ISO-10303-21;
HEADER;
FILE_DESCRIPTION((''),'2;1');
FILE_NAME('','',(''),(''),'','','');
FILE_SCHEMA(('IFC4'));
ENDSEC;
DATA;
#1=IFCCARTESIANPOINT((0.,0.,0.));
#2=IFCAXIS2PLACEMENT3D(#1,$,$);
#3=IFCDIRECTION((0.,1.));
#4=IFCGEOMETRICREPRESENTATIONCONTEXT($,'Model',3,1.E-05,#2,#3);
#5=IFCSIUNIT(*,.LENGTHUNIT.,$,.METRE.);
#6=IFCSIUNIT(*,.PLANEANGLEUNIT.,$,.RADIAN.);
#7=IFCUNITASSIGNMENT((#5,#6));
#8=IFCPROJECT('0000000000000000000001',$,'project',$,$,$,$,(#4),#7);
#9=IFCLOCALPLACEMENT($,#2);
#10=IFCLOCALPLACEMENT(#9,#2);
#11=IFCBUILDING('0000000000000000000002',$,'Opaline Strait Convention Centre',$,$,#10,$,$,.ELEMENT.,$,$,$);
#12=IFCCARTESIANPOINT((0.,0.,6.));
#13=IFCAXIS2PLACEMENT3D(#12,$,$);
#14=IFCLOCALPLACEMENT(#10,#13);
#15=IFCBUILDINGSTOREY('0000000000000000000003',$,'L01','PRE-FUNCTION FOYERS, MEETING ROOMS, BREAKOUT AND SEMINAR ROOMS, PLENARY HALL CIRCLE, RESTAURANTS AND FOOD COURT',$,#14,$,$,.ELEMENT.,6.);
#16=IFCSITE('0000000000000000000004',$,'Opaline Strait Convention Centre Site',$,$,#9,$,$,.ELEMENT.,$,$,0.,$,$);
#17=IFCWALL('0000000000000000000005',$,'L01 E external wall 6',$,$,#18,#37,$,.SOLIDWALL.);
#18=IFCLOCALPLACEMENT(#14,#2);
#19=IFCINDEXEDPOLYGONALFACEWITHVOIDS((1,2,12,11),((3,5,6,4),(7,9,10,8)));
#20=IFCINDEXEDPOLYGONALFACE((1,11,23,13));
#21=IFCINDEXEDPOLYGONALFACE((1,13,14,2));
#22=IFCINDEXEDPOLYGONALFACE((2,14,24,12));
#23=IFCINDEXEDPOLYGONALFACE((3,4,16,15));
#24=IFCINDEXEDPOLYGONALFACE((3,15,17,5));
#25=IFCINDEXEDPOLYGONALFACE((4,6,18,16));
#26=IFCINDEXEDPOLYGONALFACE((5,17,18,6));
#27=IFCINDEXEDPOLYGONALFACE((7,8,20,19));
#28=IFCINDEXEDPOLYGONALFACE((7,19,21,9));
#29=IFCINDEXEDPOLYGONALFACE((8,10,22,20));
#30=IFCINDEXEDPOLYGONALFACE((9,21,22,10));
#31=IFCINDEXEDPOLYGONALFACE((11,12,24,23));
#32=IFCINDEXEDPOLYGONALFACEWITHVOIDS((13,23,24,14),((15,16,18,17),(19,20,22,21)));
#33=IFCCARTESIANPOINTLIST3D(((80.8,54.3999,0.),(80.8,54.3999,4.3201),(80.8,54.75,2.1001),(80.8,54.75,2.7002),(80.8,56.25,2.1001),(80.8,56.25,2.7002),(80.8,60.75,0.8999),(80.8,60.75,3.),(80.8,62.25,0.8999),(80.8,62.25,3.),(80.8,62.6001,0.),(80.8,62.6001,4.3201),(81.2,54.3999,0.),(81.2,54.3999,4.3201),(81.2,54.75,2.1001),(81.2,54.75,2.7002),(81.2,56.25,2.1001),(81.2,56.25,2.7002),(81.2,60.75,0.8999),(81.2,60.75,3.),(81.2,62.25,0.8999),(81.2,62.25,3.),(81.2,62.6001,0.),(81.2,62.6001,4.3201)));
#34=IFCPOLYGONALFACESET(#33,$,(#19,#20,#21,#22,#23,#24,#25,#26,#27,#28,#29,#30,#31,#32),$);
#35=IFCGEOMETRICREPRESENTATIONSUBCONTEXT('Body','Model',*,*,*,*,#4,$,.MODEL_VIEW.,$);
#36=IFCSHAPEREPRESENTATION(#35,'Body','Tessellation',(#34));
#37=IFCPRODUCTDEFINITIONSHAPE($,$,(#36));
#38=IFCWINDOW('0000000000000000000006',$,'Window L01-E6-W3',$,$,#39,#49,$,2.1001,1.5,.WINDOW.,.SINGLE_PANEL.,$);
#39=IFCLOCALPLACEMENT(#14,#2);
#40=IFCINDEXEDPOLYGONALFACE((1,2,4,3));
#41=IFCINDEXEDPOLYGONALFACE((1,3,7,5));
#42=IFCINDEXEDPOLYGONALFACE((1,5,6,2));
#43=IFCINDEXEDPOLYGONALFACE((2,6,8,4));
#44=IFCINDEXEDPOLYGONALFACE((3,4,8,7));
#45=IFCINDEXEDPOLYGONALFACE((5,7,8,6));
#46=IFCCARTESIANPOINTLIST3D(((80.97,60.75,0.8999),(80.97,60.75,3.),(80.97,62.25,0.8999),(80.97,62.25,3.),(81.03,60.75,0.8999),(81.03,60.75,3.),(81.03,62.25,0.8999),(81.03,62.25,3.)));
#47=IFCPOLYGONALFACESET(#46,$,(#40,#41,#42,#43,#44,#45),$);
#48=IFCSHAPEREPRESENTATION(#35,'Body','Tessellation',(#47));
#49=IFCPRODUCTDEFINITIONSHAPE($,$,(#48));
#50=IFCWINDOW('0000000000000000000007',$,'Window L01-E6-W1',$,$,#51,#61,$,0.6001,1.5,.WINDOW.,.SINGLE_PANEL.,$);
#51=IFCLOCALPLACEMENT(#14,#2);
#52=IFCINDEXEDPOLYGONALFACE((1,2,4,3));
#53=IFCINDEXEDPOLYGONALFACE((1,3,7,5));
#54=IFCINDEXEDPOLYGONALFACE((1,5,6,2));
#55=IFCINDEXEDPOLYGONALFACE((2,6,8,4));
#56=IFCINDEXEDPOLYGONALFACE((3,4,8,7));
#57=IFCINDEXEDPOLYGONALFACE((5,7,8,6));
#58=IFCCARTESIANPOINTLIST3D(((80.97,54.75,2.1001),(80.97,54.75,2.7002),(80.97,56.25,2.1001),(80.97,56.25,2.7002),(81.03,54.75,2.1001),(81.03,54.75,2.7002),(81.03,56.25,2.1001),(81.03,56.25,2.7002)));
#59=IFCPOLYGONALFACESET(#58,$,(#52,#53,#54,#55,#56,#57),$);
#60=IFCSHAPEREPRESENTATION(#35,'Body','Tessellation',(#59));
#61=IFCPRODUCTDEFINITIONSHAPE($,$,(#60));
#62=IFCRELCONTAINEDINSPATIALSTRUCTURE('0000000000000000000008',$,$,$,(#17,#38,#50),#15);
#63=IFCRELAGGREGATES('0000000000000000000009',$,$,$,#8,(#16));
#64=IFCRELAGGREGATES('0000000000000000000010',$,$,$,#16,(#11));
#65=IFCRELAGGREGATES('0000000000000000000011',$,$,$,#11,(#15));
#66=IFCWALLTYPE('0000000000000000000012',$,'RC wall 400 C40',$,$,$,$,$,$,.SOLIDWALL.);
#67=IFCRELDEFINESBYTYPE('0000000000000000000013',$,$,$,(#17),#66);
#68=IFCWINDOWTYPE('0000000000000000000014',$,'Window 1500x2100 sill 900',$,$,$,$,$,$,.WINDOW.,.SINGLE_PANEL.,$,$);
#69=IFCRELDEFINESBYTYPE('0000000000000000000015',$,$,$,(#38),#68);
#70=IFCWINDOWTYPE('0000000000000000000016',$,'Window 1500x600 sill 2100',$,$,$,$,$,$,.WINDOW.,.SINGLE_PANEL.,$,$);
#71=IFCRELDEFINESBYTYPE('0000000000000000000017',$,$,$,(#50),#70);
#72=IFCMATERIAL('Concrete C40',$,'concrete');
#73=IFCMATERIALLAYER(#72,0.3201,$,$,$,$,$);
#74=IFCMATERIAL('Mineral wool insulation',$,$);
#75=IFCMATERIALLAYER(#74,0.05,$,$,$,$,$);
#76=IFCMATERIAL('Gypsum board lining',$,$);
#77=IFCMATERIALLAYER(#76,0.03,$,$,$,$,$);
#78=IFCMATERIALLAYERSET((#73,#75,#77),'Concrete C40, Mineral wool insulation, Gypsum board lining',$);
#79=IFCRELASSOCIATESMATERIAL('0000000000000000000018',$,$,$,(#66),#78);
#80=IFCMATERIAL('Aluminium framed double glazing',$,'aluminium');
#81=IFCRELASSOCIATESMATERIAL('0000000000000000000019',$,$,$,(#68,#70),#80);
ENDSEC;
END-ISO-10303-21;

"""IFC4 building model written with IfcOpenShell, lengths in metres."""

from ifc_helpers import new_model, si_unit, direction, frame, frame_2d, origin, place, context, subcontext, project, spatial, rectangle, extrude, material, layer, layer_set, type_object, element, fill, save


model = new_model("IFC4")

# Units and contexts
model_context = context("Model", 3, precision=1e-05, world=origin(), true_north=direction((0.0, 1.0)))
body_context = subcontext(model_context, "Body", "Model", "MODEL_VIEW")
ifc_project = project(units=[si_unit("LENGTHUNIT", "METRE"), si_unit("PLANEANGLEUNIT", "RADIAN")], contexts=[model_context])

# Site, building, storey
site_placement = place(None, origin())
site = spatial("IfcSite", under=ifc_project, at=site_placement, Name="Opaline Strait Convention Centre Site", CompositionType="ELEMENT", RefElevation=0.0)
building_placement = place(site_placement, origin())
building = spatial("IfcBuilding", under=site, at=building_placement, Name="Opaline Strait Convention Centre", CompositionType="ELEMENT")
storey_placement = place(building_placement, frame((0.0, 0.0, 6.0)))
storey = spatial("IfcBuildingStorey", under=building, at=storey_placement, Name="L01", Description="PRE-FUNCTION FOYERS, MEETING ROOMS, BREAKOUT AND SEMINAR ROOMS, PLENARY HALL CIRCLE, RESTAURANTS AND FOOD COURT", CompositionType="ELEMENT", Elevation=6.0)

# Shared definitions
ifc_material_1 = material(Name="Concrete C40", Category="concrete")

# Wall, openings, windows
ifc_layer_1 = layer(ifc_material_1, 0.3201)
ifc_material_2 = material(Name="Mineral wool insulation")
ifc_layer_2 = layer(ifc_material_2, 0.05)
ifc_material_3 = material(Name="Gypsum board lining")
ifc_layer_3 = layer(ifc_material_3, 0.03)
ifc_layer_set_1 = layer_set([ifc_layer_1, ifc_layer_2, ifc_layer_3], Name="Concrete C40, Mineral wool insulation, Gypsum board lining")
wall_type_1 = type_object("IfcWallType", Name="RC wall 400 C40", PredefinedType="SOLIDWALL", material=ifc_layer_set_1)
wall_1_placement = place(storey_placement, frame((81.0, 54.3999, 0.0), z_axis=(0.0, 0.0, 1.0), x_axis=(0.0, 1.0, 0.0)))
wall_1 = element("IfcWall", 1, at=wall_1_placement, inside=storey, type_object=wall_type_1, Name="L01 E external wall 6", PredefinedType="SOLIDWALL", context=body_context, shape_type="SweptSolid", body=[
    extrude(rectangle(XDim=8.2002, YDim=0.3999, at=frame_2d((4.1001, 0.0))), origin(), (0.0, 0.0, 1.0), 4.3201),
])
opening_1_placement = place(wall_1_placement, frame((0.3501, 0.0, 2.1001)))
opening_1 = element("IfcOpeningElement", 2, at=opening_1_placement, cuts=wall_1, PredefinedType="OPENING", context=body_context, shape_type="SweptSolid", body=[
    extrude(rectangle(XDim=1.5, YDim=0.6001, at=frame_2d((0.75, 0.3))), frame((0.0, 0.21, 0.0), z_axis=(0.0, -1.0, 0.0), x_axis=(1.0, 0.0, 0.0)), (0.0, 0.0, 1.0), 0.4199),
])
opening_2_placement = place(wall_1_placement, frame((6.3501, 0.0, 0.8999)))
opening_2 = element("IfcOpeningElement", 3, at=opening_2_placement, cuts=wall_1, PredefinedType="OPENING", context=body_context, shape_type="SweptSolid", body=[
    extrude(rectangle(XDim=1.5, YDim=2.1001, at=frame_2d((0.75, 1.05))), frame((0.0, 0.21, 0.0), z_axis=(0.0, -1.0, 0.0), x_axis=(1.0, 0.0, 0.0)), (0.0, 0.0, 1.0), 0.4199),
])
ifc_material_4 = material(Name="Aluminium framed double glazing", Category="aluminium")
window_type_1 = type_object("IfcWindowType", Name="Window 1500x2100 sill 900", PartitioningType="SINGLE_PANEL", PredefinedType="WINDOW", material=ifc_material_4)
window_1_placement = place(opening_2_placement, origin())
window_1 = element("IfcWindow", 4, at=window_1_placement, inside=storey, type_object=window_type_1, Name="Window L01-E6-W3", OverallHeight=2.1001, OverallWidth=1.5, PartitioningType="SINGLE_PANEL", PredefinedType="WINDOW", context=body_context, shape_type="SweptSolid", body=[
    extrude(rectangle(XDim=1.5, YDim=2.1001, at=frame_2d((0.75, 1.05))), frame((0.0, 0.03, 0.0), z_axis=(0.0, -1.0, 0.0), x_axis=(1.0, 0.0, 0.0)), (0.0, 0.0, 1.0), 0.0601),
])
fill(opening_2, window_1)
window_type_2 = type_object("IfcWindowType", Name="Window 1500x600 sill 2100", PartitioningType="SINGLE_PANEL", PredefinedType="WINDOW", material=ifc_material_4)
window_2_placement = place(opening_1_placement, origin())
window_2 = element("IfcWindow", 5, at=window_2_placement, inside=storey, type_object=window_type_2, Name="Window L01-E6-W1", OverallHeight=0.6001, OverallWidth=1.5, PartitioningType="SINGLE_PANEL", PredefinedType="WINDOW", context=body_context, shape_type="SweptSolid", body=[
    extrude(rectangle(XDim=1.5, YDim=0.6001, at=frame_2d((0.75, 0.3))), frame((0.0, 0.03, 0.0), z_axis=(0.0, -1.0, 0.0), x_axis=(1.0, 0.0, 0.0)), (0.0, 0.0, 1.0), 0.0601),
])
fill(opening_1, window_2)

save(model, "model.ifc")
